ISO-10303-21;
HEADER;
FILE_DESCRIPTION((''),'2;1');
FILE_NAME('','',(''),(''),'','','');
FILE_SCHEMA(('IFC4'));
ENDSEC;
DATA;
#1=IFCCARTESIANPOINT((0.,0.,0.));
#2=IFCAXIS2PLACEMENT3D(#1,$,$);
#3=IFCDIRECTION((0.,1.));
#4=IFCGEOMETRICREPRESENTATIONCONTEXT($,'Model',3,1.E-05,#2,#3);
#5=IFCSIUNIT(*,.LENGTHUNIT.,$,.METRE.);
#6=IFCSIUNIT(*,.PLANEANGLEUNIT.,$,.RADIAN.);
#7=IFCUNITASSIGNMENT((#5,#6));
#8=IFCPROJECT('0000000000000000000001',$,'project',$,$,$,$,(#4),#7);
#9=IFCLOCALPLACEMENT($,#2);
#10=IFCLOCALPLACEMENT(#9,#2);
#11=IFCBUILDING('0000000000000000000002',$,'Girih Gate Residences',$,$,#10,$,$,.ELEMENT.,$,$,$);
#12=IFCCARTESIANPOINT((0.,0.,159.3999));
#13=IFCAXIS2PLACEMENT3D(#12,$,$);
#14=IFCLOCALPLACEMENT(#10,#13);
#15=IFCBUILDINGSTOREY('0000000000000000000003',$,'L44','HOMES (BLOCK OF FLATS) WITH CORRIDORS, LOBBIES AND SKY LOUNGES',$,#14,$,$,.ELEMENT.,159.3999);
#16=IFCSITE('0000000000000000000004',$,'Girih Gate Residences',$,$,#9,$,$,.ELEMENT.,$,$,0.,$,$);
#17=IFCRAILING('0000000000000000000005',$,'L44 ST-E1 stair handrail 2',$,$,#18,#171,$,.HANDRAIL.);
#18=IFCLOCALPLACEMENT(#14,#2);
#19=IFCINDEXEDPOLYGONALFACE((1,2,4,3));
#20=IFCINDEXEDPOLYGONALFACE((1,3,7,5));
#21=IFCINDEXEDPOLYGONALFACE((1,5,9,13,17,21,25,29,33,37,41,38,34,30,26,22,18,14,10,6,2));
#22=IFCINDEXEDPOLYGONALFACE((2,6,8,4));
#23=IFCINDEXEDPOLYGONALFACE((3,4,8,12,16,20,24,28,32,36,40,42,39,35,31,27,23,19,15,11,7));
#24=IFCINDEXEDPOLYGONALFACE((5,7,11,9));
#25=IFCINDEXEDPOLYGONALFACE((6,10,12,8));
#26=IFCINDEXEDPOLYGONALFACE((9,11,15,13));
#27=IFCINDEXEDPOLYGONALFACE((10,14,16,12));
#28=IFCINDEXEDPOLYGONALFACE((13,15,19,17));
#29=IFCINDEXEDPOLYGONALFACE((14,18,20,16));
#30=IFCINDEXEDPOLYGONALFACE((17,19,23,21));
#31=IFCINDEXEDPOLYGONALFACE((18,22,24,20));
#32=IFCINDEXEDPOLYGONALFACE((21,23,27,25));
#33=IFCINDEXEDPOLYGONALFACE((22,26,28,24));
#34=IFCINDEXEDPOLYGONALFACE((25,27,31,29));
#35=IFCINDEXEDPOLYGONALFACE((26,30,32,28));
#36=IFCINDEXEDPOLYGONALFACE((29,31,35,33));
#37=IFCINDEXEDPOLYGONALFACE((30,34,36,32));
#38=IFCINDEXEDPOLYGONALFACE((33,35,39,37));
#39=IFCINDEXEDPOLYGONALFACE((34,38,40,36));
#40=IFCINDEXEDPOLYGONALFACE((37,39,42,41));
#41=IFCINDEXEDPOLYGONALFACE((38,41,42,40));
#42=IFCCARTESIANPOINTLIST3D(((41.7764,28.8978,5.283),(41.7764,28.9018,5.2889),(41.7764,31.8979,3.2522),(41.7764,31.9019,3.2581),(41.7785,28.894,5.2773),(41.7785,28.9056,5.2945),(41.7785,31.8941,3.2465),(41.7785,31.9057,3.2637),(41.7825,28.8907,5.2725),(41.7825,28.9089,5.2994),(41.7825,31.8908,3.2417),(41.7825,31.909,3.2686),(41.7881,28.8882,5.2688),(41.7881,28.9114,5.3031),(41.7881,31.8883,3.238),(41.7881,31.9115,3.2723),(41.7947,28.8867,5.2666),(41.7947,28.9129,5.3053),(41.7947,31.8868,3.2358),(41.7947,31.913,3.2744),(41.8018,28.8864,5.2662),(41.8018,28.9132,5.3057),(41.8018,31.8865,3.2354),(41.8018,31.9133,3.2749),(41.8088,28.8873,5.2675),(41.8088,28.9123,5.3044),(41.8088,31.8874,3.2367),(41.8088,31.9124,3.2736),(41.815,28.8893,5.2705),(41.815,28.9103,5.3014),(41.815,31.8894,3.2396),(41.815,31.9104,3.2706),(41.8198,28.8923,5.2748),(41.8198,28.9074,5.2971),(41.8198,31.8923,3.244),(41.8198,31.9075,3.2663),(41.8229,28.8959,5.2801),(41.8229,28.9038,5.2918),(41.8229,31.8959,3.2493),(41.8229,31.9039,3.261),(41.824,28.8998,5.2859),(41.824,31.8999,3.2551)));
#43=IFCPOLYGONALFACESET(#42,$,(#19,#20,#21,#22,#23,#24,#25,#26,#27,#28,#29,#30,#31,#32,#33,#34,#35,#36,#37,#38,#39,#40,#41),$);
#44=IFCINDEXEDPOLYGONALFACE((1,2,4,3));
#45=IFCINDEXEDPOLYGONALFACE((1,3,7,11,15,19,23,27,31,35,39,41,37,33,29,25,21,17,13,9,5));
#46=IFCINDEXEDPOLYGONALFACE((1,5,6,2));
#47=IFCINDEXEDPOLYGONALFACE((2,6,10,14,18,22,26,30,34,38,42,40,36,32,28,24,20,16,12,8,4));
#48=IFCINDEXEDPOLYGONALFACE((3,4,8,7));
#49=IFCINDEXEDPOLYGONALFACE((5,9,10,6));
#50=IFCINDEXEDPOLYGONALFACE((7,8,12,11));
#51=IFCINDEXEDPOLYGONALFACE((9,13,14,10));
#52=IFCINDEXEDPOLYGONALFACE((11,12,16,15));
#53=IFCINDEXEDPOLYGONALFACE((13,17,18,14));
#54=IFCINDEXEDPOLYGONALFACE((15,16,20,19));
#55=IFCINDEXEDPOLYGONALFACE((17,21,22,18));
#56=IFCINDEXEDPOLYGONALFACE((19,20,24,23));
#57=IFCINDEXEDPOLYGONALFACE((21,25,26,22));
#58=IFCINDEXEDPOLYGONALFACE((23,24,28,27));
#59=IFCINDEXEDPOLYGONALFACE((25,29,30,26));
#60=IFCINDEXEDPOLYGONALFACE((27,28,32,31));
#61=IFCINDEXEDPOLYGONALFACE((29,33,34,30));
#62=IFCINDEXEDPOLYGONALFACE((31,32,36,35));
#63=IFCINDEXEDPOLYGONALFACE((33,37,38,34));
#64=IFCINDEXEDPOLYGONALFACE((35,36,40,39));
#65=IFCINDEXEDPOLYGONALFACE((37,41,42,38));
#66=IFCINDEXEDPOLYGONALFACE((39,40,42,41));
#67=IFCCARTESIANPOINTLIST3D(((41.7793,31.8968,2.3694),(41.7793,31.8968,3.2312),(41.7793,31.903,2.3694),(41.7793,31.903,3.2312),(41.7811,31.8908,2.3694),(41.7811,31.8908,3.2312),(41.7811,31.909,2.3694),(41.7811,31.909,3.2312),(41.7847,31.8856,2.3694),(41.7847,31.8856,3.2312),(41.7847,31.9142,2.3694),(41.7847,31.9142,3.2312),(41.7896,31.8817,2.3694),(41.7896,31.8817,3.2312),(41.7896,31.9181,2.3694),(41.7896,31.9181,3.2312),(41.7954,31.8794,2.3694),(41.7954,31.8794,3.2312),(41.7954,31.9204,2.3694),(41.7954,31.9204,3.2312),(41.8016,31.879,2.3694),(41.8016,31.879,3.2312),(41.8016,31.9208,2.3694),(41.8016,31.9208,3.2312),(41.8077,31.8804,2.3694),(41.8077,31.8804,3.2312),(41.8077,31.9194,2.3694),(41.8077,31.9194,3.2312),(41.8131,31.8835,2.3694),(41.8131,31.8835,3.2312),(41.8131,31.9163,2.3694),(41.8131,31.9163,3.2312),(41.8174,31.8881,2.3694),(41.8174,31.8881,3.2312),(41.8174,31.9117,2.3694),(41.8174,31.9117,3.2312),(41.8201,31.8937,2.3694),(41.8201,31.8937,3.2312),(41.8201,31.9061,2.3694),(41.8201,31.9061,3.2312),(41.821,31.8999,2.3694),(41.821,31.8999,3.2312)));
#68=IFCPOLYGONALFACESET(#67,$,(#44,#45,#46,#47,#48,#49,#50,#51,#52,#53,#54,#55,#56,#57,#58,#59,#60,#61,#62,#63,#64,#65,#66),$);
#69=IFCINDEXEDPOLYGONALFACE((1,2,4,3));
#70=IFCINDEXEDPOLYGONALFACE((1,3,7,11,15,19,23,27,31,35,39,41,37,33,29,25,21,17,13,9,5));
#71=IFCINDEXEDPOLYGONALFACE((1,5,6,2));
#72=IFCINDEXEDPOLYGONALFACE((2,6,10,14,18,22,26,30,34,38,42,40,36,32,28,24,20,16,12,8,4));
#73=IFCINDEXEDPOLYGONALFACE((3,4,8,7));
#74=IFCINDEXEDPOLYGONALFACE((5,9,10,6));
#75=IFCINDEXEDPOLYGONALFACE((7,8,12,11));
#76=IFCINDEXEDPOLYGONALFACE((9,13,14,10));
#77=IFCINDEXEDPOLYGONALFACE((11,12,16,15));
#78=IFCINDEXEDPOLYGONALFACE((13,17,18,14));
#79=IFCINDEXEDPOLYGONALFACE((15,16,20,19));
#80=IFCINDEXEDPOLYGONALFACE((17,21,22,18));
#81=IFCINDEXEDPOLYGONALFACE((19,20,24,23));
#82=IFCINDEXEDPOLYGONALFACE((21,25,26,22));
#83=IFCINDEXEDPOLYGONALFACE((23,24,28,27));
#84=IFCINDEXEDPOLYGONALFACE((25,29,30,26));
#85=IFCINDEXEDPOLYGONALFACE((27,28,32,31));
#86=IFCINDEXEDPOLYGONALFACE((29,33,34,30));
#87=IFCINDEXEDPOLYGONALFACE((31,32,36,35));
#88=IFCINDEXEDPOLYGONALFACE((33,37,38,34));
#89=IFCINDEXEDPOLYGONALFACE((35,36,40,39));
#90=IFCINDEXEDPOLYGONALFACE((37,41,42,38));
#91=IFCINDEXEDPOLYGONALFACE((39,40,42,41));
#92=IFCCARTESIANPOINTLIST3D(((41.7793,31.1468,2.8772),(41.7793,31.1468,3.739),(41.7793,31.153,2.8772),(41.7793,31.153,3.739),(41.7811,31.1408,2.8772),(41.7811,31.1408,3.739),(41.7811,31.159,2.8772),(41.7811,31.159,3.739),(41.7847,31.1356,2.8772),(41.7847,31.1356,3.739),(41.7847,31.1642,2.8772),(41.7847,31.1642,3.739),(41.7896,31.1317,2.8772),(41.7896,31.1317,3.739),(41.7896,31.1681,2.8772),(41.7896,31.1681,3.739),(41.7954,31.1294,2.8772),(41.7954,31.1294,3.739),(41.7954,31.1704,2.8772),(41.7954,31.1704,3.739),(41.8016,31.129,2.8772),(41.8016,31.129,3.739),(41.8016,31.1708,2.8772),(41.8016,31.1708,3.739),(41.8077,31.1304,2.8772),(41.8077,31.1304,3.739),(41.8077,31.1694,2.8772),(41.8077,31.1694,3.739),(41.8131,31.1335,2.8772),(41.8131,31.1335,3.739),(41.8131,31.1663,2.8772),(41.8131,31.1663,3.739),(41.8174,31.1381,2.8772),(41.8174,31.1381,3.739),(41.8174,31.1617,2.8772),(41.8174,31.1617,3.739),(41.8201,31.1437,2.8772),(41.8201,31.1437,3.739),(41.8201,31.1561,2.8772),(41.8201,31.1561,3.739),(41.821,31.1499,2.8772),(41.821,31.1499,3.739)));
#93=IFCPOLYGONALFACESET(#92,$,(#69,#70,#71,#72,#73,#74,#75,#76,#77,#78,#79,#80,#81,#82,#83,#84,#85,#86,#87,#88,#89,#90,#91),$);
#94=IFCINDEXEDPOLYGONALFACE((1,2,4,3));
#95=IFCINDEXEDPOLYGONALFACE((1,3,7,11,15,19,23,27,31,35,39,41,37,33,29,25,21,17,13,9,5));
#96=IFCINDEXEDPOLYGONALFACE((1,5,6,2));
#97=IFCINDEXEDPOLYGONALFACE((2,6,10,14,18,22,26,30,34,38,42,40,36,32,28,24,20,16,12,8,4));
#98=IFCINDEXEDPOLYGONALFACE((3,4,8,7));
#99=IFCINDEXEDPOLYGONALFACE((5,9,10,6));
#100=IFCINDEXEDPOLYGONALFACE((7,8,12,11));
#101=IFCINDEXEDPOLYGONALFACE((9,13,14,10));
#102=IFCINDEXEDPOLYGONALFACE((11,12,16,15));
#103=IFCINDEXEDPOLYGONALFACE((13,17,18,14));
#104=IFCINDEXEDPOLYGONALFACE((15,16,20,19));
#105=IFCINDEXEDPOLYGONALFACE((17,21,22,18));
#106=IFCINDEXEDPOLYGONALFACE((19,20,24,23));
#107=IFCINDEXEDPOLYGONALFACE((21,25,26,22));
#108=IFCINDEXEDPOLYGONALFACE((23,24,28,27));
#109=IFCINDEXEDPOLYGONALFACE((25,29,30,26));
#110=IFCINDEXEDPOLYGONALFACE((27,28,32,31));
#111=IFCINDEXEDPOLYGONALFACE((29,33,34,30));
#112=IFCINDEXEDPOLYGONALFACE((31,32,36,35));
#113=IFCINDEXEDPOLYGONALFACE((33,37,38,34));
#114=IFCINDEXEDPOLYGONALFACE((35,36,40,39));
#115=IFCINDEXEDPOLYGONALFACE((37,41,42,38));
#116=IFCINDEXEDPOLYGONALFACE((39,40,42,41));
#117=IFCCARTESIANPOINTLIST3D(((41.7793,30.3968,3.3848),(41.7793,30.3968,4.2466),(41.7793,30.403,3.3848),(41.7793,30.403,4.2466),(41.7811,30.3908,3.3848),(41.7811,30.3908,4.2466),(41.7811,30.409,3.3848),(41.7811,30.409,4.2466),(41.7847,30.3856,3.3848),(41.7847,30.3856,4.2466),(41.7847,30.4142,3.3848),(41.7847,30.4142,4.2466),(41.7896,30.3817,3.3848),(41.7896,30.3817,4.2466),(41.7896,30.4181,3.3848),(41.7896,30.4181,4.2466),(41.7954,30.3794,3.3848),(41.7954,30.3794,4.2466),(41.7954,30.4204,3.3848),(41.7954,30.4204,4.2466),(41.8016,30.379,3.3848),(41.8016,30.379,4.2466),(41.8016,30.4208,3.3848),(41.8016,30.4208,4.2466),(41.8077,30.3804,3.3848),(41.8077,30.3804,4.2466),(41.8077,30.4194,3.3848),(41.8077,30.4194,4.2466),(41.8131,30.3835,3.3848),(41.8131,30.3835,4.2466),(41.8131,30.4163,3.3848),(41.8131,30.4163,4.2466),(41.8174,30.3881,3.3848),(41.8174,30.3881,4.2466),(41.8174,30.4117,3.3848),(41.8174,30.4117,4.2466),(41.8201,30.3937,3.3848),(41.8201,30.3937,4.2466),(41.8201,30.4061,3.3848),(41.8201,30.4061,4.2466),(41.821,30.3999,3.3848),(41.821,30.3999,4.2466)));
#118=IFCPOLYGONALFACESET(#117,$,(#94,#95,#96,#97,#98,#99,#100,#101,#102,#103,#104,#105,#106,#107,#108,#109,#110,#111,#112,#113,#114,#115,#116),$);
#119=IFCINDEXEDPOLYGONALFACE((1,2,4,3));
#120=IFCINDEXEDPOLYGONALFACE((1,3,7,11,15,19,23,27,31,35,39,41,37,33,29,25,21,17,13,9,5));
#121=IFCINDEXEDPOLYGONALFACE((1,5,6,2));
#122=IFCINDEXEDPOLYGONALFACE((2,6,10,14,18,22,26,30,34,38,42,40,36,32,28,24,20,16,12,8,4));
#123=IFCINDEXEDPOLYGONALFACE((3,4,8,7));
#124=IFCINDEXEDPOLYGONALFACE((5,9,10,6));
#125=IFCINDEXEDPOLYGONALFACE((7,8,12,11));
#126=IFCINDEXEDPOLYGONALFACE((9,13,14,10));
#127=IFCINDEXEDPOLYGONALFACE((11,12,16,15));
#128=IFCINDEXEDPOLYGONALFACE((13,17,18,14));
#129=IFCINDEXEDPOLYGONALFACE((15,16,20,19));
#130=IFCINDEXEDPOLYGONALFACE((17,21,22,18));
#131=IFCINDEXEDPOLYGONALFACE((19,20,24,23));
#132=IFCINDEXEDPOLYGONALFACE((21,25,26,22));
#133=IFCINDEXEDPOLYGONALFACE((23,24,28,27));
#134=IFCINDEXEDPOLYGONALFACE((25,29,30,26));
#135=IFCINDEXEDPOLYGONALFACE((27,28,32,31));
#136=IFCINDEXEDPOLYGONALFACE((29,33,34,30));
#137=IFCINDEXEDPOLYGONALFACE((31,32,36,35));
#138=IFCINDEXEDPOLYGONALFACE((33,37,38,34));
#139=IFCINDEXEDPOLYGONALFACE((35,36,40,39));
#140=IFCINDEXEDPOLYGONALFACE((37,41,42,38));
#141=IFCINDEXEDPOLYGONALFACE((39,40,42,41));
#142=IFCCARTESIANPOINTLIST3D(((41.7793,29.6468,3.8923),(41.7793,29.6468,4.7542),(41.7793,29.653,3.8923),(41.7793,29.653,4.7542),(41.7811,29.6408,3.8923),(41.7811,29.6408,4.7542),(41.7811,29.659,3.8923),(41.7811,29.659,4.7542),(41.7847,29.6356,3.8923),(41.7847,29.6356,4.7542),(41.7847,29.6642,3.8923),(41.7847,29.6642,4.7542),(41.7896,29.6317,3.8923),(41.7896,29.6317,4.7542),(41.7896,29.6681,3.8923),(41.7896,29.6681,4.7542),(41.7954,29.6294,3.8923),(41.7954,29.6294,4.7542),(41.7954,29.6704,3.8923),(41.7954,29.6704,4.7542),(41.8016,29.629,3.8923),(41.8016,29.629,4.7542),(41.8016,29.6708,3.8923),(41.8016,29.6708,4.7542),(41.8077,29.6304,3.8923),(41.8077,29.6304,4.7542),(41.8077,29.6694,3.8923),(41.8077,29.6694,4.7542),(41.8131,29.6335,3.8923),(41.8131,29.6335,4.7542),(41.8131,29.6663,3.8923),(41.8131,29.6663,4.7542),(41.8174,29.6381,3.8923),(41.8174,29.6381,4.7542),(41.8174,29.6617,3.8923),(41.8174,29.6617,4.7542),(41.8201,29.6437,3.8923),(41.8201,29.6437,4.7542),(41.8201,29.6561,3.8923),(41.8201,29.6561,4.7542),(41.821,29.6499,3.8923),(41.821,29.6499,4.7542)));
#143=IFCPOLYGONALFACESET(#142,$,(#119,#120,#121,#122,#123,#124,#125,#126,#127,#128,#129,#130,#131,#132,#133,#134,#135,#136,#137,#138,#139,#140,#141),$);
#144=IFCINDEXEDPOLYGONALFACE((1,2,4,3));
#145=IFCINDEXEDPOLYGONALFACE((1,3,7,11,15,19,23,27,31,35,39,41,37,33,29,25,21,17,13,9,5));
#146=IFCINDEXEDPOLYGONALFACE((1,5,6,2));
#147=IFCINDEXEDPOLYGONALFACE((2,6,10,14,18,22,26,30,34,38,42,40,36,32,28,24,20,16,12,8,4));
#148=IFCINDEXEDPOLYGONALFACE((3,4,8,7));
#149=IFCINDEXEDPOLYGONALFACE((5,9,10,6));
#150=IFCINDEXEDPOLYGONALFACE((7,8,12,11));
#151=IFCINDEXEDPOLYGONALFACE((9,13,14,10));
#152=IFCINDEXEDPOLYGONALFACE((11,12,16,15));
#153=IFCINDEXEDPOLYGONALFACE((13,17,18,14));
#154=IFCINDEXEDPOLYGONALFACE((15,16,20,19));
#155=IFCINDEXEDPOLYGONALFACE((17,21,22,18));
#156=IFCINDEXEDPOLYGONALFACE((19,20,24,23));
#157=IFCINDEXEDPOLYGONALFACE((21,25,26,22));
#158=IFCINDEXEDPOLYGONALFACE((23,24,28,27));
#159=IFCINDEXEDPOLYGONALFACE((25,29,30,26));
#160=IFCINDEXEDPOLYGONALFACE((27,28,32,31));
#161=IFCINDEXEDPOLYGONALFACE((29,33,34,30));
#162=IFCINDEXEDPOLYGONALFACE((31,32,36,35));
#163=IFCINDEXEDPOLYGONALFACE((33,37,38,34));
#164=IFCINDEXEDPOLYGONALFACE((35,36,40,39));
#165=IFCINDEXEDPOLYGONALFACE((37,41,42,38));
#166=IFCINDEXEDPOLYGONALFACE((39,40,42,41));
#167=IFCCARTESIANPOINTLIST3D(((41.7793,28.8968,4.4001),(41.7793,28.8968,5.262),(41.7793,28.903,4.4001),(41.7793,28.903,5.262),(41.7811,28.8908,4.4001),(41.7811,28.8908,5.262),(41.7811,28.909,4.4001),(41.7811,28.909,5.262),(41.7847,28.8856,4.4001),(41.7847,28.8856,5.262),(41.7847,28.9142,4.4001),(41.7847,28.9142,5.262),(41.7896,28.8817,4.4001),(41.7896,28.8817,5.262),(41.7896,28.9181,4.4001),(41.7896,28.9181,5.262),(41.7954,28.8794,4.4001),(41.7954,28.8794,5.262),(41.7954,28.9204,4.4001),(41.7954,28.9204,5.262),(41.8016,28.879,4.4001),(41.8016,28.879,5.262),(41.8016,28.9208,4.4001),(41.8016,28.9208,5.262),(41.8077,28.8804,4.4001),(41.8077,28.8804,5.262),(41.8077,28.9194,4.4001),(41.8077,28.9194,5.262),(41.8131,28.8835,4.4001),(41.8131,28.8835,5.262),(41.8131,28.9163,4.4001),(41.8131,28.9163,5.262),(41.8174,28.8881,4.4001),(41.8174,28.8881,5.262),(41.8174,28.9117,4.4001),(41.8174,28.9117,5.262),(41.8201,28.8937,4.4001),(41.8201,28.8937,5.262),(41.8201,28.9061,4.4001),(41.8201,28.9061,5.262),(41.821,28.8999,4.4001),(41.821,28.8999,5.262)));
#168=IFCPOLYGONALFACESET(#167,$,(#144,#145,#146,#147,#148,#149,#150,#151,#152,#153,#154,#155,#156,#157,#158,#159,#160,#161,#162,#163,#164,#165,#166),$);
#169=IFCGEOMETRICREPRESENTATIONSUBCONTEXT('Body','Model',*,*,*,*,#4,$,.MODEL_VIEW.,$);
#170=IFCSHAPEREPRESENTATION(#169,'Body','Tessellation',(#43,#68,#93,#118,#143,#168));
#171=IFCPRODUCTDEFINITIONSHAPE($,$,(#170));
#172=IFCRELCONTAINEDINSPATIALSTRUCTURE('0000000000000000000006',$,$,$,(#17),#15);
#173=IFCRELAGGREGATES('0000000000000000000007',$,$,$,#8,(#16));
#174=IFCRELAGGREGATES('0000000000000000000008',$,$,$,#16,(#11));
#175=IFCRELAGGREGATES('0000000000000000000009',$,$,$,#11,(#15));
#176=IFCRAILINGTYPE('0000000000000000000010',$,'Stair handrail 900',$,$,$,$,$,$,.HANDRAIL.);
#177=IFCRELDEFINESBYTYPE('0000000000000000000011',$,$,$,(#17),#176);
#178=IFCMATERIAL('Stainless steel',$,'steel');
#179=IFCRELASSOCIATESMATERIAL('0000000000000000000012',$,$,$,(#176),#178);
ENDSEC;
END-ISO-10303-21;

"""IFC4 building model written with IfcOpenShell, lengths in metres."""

from ifc_helpers import new_model, si_unit, direction, frame, origin, origin_2d, place, context, subcontext, project, spatial, circle, extrude, material, type_object, element, save


model = new_model("IFC4")

# Units and contexts
model_context = context("Model", 3, precision=1e-05, world=origin(), true_north=direction((0.0, 1.0)))
body_context = subcontext(model_context, "Body", "Model", "MODEL_VIEW")
ifc_project = project(units=[si_unit("LENGTHUNIT", "METRE"), si_unit("PLANEANGLEUNIT", "RADIAN")], contexts=[model_context])

# Site, building, storey
site_placement = place(None, origin())
site = spatial("IfcSite", under=ifc_project, at=site_placement, Name="Girih Gate Residences", CompositionType="ELEMENT", RefElevation=0.0)
building_placement = place(site_placement, origin())
building = spatial("IfcBuilding", under=site, at=building_placement, Name="Girih Gate Residences", CompositionType="ELEMENT")
storey_placement = place(building_placement, frame((0.0, 0.0, 159.3999)))
storey = spatial("IfcBuildingStorey", under=building, at=storey_placement, Name="L44", Description="HOMES (BLOCK OF FLATS) WITH CORRIDORS, LOBBIES AND SKY LOUNGES", CompositionType="ELEMENT", Elevation=159.3999)

# Railing
ifc_material_1 = material(Name="Stainless steel", Category="steel")
railing_type_1 = type_object("IfcRailingType", Name="Stair handrail 900", PredefinedType="HANDRAIL", material=ifc_material_1)
railing_1_placement = place(storey_placement, frame((41.8, 31.8999, 2.3694)))
element("IfcRailing", 1, at=railing_1_placement, inside=storey, type_object=railing_type_1, Name="L44 ST-E1 stair handrail 2", PredefinedType="HANDRAIL", context=body_context, shape_type="SweptSolid", body=[
    extrude(circle(Radius=0.0239, at=origin_2d()), frame((0.0, 0.0, 0.8857), z_axis=(0.0, -0.82811, 0.560565), x_axis=(1.0, 0.0, 0.0)), (0.0, 0.0, 1.0), 3.6228),
    extrude(circle(Radius=0.021, at=origin_2d()), origin(), (0.0, 0.0, 1.0), 0.8618),
    extrude(circle(Radius=0.021, at=origin_2d()), frame((0.0, -0.75, 0.5078)), (0.0, 0.0, 1.0), 0.8618),
    extrude(circle(Radius=0.021, at=origin_2d()), frame((0.0, -1.5, 1.0154)), (0.0, 0.0, 1.0), 0.8618),
    extrude(circle(Radius=0.021, at=origin_2d()), frame((0.0, -2.25, 1.5229)), (0.0, 0.0, 1.0), 0.8618),
    extrude(circle(Radius=0.021, at=origin_2d()), frame((0.0, -3.0, 2.0308)), (0.0, 0.0, 1.0), 0.8618),
])

save(model, "model.ifc")
